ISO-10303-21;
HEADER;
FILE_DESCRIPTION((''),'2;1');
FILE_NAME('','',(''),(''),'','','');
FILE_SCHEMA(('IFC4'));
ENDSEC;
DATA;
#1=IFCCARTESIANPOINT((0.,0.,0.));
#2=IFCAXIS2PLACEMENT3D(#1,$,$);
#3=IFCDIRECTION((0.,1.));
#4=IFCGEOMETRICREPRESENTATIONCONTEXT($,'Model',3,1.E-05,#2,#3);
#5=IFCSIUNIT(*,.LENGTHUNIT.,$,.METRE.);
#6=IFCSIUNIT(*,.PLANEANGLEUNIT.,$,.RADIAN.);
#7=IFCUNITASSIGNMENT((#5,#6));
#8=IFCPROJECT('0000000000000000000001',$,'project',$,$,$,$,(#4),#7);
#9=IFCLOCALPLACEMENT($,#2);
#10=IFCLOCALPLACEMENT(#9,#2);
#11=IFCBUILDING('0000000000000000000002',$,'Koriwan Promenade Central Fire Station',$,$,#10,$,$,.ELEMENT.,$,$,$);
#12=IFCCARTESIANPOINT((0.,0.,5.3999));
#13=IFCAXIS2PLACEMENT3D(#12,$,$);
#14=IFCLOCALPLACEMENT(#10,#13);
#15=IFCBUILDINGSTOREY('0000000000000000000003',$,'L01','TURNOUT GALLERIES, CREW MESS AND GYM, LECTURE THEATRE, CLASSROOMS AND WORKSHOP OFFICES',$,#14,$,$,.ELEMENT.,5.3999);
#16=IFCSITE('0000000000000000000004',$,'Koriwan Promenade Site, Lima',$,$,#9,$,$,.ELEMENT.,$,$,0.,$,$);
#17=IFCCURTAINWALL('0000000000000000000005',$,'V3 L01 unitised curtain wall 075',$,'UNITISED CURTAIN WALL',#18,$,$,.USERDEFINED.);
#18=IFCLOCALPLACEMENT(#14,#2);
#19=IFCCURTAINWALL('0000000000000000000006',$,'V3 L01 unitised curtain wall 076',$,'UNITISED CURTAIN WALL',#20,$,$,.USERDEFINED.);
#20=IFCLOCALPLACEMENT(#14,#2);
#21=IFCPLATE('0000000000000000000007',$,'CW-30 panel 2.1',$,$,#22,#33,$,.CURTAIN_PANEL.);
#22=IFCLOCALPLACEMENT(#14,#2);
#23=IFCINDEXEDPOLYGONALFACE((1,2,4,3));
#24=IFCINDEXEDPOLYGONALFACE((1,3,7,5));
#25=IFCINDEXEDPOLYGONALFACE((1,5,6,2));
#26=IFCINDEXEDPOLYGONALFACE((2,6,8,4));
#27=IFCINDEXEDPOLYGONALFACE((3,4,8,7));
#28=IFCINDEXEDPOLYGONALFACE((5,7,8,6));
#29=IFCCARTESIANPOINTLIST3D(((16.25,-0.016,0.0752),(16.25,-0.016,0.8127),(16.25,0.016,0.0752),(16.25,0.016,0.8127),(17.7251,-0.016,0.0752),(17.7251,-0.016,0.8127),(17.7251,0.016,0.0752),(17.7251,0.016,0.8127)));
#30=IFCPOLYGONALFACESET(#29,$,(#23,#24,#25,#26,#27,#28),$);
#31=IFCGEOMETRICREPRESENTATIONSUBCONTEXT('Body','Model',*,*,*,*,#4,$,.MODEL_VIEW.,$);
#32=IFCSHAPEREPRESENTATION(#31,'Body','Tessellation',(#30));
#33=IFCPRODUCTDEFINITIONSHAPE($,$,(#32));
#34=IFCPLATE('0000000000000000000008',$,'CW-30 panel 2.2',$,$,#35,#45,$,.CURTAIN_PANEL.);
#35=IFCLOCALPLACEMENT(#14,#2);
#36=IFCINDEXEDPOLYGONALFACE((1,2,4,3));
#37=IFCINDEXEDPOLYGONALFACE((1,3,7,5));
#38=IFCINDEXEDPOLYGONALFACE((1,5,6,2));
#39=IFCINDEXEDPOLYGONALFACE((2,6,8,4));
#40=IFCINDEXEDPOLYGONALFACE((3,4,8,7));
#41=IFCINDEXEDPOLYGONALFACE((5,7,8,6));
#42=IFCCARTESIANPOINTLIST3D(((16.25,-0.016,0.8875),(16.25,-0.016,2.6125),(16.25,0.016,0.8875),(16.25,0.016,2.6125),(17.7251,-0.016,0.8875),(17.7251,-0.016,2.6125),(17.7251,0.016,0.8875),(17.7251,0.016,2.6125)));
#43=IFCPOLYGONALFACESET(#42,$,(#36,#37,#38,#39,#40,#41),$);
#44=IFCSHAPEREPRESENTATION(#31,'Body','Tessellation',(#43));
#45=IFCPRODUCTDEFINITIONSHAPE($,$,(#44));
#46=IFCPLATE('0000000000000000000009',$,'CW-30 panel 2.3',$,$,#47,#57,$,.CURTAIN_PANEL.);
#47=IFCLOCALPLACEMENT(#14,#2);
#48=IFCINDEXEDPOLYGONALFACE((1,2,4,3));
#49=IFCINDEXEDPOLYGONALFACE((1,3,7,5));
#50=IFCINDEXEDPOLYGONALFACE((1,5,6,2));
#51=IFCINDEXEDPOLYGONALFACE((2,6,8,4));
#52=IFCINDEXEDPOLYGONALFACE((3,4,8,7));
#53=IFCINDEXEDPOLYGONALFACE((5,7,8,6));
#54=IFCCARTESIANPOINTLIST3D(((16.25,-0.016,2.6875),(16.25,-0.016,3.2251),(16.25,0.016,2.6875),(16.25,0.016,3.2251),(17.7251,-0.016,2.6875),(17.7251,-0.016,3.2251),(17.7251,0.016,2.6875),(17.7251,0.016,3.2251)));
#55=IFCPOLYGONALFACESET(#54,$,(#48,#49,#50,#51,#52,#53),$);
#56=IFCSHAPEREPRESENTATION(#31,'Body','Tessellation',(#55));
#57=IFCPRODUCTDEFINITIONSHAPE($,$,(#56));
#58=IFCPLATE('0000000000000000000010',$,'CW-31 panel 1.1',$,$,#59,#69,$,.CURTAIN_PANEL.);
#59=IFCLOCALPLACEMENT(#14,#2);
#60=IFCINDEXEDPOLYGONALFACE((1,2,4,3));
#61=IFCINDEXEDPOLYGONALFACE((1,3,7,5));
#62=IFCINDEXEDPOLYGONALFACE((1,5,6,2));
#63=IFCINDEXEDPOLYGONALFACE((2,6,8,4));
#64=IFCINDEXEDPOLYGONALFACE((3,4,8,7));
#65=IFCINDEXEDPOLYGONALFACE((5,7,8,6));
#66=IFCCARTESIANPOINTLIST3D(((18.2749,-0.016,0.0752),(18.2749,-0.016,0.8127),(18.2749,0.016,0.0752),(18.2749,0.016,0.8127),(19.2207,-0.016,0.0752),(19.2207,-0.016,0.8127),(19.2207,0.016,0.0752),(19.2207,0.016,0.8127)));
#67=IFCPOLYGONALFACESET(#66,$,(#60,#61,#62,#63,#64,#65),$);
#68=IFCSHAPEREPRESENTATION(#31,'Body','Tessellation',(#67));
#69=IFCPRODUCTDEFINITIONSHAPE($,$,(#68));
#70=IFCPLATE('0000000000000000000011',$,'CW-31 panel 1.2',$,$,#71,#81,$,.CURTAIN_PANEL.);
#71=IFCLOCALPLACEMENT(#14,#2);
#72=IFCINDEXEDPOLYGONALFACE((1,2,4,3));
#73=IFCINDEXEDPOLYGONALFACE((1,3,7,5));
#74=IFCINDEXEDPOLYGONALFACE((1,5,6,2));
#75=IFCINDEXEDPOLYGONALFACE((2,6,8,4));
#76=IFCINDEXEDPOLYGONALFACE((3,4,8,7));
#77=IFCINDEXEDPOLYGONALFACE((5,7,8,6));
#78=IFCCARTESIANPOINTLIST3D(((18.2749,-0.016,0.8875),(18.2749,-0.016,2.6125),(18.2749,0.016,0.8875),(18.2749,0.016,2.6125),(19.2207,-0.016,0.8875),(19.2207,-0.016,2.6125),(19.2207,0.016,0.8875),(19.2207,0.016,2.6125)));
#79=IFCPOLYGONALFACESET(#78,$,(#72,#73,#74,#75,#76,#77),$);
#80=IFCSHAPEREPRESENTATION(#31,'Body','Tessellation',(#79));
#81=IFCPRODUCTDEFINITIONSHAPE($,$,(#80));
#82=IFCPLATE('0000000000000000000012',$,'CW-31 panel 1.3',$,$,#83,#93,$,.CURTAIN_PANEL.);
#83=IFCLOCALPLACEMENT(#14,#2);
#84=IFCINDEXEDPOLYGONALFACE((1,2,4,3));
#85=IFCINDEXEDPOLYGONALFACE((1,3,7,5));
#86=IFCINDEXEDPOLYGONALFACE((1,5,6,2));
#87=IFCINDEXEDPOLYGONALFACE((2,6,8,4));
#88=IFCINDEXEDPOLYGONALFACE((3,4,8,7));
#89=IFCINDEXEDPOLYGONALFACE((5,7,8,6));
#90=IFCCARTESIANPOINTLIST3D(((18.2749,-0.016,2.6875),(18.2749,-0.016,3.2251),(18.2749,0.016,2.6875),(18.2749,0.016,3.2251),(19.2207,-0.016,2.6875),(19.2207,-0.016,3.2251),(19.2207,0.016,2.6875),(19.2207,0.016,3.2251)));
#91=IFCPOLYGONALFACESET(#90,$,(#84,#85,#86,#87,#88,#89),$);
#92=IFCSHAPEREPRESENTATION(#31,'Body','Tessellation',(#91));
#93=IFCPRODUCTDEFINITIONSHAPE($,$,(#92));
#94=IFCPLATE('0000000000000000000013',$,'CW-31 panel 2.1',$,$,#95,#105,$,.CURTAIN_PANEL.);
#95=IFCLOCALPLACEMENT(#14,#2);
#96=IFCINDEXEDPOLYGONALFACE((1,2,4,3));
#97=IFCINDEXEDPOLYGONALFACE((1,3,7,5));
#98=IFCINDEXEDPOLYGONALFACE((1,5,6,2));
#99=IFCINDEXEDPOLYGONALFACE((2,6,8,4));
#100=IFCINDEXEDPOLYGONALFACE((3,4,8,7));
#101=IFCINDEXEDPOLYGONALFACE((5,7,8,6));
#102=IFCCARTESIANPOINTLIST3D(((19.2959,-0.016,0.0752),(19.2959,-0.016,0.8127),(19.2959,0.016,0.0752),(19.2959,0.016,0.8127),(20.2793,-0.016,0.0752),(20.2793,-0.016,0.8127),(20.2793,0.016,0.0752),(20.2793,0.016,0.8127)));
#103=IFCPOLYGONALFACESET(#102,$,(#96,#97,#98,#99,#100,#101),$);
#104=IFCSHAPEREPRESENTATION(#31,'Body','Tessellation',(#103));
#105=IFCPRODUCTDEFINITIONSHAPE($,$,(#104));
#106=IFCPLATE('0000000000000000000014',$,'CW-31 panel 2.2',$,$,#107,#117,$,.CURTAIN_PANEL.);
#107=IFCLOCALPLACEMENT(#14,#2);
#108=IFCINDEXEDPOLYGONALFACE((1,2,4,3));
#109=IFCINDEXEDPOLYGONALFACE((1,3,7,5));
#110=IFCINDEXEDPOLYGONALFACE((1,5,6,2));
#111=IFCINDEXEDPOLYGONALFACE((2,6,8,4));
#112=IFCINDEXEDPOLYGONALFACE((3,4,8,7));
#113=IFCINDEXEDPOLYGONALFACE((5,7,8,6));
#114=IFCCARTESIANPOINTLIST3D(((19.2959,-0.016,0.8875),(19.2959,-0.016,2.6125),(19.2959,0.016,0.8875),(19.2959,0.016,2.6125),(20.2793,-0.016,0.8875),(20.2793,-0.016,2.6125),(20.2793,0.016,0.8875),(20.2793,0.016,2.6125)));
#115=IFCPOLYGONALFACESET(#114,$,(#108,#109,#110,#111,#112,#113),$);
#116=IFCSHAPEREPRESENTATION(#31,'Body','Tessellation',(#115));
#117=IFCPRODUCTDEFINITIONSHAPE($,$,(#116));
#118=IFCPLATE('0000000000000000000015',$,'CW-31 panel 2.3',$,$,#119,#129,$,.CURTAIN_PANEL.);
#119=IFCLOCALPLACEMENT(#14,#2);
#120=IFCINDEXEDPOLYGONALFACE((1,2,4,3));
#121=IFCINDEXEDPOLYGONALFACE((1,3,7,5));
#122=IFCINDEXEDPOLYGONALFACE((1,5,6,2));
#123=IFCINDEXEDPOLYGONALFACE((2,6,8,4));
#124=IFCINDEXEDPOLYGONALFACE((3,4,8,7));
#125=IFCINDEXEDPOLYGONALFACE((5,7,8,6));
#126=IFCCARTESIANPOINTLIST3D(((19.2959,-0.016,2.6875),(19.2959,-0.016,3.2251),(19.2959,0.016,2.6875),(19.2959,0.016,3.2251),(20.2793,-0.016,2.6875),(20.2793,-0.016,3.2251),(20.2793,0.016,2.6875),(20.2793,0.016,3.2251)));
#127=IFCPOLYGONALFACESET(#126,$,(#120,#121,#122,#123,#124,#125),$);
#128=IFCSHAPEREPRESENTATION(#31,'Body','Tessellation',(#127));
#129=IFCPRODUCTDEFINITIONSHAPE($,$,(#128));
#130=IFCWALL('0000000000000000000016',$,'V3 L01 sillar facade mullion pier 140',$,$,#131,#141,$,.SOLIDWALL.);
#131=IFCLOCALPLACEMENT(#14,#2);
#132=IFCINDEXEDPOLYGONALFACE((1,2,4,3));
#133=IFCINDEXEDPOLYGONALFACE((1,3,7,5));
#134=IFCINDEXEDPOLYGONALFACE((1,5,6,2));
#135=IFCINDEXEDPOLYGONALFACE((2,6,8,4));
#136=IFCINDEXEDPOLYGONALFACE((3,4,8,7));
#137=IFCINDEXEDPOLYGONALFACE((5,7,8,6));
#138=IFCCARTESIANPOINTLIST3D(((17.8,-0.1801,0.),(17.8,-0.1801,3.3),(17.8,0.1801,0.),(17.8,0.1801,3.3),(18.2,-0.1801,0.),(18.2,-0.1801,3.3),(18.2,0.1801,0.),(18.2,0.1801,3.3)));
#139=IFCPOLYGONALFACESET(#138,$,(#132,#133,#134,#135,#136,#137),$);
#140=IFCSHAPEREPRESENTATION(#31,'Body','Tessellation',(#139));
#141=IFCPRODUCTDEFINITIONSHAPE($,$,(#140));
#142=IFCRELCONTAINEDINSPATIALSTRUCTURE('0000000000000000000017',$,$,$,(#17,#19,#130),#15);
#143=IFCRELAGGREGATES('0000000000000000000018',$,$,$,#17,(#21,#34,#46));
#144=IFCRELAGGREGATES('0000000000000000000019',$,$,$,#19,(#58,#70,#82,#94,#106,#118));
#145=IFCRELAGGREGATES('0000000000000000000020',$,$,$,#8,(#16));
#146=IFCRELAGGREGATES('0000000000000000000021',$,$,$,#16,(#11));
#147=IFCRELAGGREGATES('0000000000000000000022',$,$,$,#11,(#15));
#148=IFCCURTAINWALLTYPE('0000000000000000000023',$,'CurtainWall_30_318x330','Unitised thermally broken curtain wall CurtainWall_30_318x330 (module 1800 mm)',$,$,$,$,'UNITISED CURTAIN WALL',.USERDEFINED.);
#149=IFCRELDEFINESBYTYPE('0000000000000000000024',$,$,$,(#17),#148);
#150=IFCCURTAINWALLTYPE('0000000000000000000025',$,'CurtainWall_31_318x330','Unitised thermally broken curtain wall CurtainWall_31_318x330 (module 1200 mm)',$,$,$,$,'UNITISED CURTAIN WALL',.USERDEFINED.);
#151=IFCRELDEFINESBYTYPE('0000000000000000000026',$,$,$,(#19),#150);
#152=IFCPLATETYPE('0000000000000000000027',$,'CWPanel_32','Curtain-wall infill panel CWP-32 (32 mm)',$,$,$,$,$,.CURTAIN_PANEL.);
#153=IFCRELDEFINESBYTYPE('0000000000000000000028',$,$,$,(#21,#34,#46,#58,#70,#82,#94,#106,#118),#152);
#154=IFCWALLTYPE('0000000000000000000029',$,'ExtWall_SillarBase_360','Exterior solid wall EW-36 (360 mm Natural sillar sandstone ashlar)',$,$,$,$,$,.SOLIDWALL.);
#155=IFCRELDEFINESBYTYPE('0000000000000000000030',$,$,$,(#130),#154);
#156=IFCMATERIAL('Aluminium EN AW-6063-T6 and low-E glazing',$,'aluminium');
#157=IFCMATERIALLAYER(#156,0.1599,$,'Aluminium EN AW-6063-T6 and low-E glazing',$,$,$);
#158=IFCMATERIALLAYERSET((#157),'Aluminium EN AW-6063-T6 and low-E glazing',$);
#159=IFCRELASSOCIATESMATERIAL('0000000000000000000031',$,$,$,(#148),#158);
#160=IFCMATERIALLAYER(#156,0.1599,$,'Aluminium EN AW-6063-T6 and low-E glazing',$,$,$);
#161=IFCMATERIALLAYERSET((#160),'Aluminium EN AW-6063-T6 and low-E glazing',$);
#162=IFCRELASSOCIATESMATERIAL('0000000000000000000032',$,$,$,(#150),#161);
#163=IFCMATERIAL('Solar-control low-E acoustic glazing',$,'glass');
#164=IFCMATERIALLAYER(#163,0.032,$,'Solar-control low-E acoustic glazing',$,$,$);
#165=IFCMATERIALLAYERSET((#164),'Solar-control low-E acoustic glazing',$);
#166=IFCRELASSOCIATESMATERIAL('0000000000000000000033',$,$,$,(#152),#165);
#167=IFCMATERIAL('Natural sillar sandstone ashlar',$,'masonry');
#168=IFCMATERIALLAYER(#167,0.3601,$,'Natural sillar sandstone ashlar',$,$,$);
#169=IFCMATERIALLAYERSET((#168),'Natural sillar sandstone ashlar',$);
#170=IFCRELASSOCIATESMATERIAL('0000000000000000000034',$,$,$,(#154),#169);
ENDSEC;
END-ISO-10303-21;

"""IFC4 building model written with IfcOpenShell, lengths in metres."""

from ifc_helpers import new_model, si_unit, direction, frame, frame_2d, origin, origin_2d, place, context, subcontext, project, spatial, rectangle, extrude, material, layer, layer_set, type_object, element, aggregate, save


model = new_model("IFC4")

# Units and contexts
model_context = context("Model", 3, precision=1e-05, world=origin(), true_north=direction((0.0, 1.0)))
body_context = subcontext(model_context, "Body", "Model", "MODEL_VIEW")
ifc_project = project(units=[si_unit("LENGTHUNIT", "METRE"), si_unit("PLANEANGLEUNIT", "RADIAN")], contexts=[model_context])

# Site, building, storey
site_placement = place(None, origin())
site = spatial("IfcSite", under=ifc_project, at=site_placement, Name="Koriwan Promenade Site, Lima", CompositionType="ELEMENT", RefElevation=0.0)
building_placement = place(site_placement, origin())
building = spatial("IfcBuilding", under=site, at=building_placement, Name="Koriwan Promenade Central Fire Station", CompositionType="ELEMENT")
storey_placement = place(building_placement, frame((0.0, 0.0, 5.3999)))
storey = spatial("IfcBuildingStorey", under=building, at=storey_placement, Name="L01", Description="TURNOUT GALLERIES, CREW MESS AND GYM, LECTURE THEATRE, CLASSROOMS AND WORKSHOP OFFICES", CompositionType="ELEMENT", Elevation=5.3999)

# Curtain walls
ifc_material_1 = material(Name="Aluminium EN AW-6063-T6 and low-E glazing", Category="aluminium")
ifc_layer_1 = layer(ifc_material_1, 0.1599, Name="Aluminium EN AW-6063-T6 and low-E glazing")
ifc_layer_set_1 = layer_set([ifc_layer_1], Name="Aluminium EN AW-6063-T6 and low-E glazing")
curtain_wall_type_1 = type_object("IfcCurtainWallType", Name="CurtainWall_30_318x330", Description="Unitised thermally broken curtain wall CurtainWall_30_318x330 (module 1800 mm)", ElementType="UNITISED CURTAIN WALL", PredefinedType="USERDEFINED", material=ifc_layer_set_1)
curtain_wall_1_placement = place(storey_placement, origin())
curtain_wall_1 = element("IfcCurtainWall", 1, at=curtain_wall_1_placement, inside=storey, type_object=curtain_wall_type_1, Name="V3 L01 unitised curtain wall 075", ObjectType="UNITISED CURTAIN WALL", PredefinedType="USERDEFINED")
ifc_layer_2 = layer(ifc_material_1, 0.1599, Name="Aluminium EN AW-6063-T6 and low-E glazing")
ifc_layer_set_2 = layer_set([ifc_layer_2], Name="Aluminium EN AW-6063-T6 and low-E glazing")
curtain_wall_type_2 = type_object("IfcCurtainWallType", Name="CurtainWall_31_318x330", Description="Unitised thermally broken curtain wall CurtainWall_31_318x330 (module 1200 mm)", ElementType="UNITISED CURTAIN WALL", PredefinedType="USERDEFINED", material=ifc_layer_set_2)
curtain_wall_2_placement = place(storey_placement, origin())
curtain_wall_2 = element("IfcCurtainWall", 2, at=curtain_wall_2_placement, inside=storey, type_object=curtain_wall_type_2, Name="V3 L01 unitised curtain wall 076", ObjectType="UNITISED CURTAIN WALL", PredefinedType="USERDEFINED")

# Plates
ifc_material_2 = material(Name="Solar-control low-E acoustic glazing", Category="glass")
ifc_layer_3 = layer(ifc_material_2, 0.032, Name="Solar-control low-E acoustic glazing")
ifc_layer_set_3 = layer_set([ifc_layer_3], Name="Solar-control low-E acoustic glazing")
plate_type = type_object("IfcPlateType", Name="CWPanel_32", Description="Curtain-wall infill panel CWP-32 (32 mm)", PredefinedType="CURTAIN_PANEL", material=ifc_layer_set_3)
plate_1_placement = place(storey_placement, frame((16.9875, 0.0, 0.0752), z_axis=(0.0, 0.0, 1.0), x_axis=(1.0, 0.0, 0.0)))
plate_1 = element("IfcPlate", 3, at=plate_1_placement, type_object=plate_type, Name="CW-30 panel 2.1", PredefinedType="CURTAIN_PANEL", context=body_context, shape_type="SweptSolid", body=[
    extrude(rectangle(XDim=1.4751, YDim=0.032, at=origin_2d()), origin(), (0.0, 0.0, 1.0), 0.7375),
])
plate_2_placement = place(storey_placement, frame((16.9875, 0.0, 0.8875), z_axis=(0.0, 0.0, 1.0), x_axis=(1.0, 0.0, 0.0)))
plate_2 = element("IfcPlate", 4, at=plate_2_placement, type_object=plate_type, Name="CW-30 panel 2.2", PredefinedType="CURTAIN_PANEL", context=body_context, shape_type="SweptSolid", body=[
    extrude(rectangle(XDim=1.4751, YDim=0.032, at=origin_2d()), origin(), (0.0, 0.0, 1.0), 1.7251),
])
plate_3_placement = place(storey_placement, frame((16.9875, 0.0, 2.6875), z_axis=(0.0, 0.0, 1.0), x_axis=(1.0, 0.0, 0.0)))
plate_3 = element("IfcPlate", 5, at=plate_3_placement, type_object=plate_type, Name="CW-30 panel 2.3", PredefinedType="CURTAIN_PANEL", context=body_context, shape_type="SweptSolid", body=[
    extrude(rectangle(XDim=1.4751, YDim=0.032, at=origin_2d()), origin(), (0.0, 0.0, 1.0), 0.5376),
])
aggregate(curtain_wall_1, [plate_1, plate_2, plate_3])
plate_4_placement = place(storey_placement, frame((18.7478, 0.0, 0.0752), z_axis=(0.0, 0.0, 1.0), x_axis=(1.0, 0.0, 0.0)))
plate_4 = element("IfcPlate", 6, at=plate_4_placement, type_object=plate_type, Name="CW-31 panel 1.1", PredefinedType="CURTAIN_PANEL", context=body_context, shape_type="SweptSolid", body=[
    extrude(rectangle(XDim=0.9458, YDim=0.032, at=origin_2d()), origin(), (0.0, 0.0, 1.0), 0.7375),
])
plate_5_placement = place(storey_placement, frame((18.7478, 0.0, 0.8875), z_axis=(0.0, 0.0, 1.0), x_axis=(1.0, 0.0, 0.0)))
plate_5 = element("IfcPlate", 7, at=plate_5_placement, type_object=plate_type, Name="CW-31 panel 1.2", PredefinedType="CURTAIN_PANEL", context=body_context, shape_type="SweptSolid", body=[
    extrude(rectangle(XDim=0.9458, YDim=0.032, at=origin_2d()), origin(), (0.0, 0.0, 1.0), 1.7251),
])
plate_6_placement = place(storey_placement, frame((18.7478, 0.0, 2.6875), z_axis=(0.0, 0.0, 1.0), x_axis=(1.0, 0.0, 0.0)))
plate_6 = element("IfcPlate", 8, at=plate_6_placement, type_object=plate_type, Name="CW-31 panel 1.3", PredefinedType="CURTAIN_PANEL", context=body_context, shape_type="SweptSolid", body=[
    extrude(rectangle(XDim=0.9458, YDim=0.032, at=origin_2d()), origin(), (0.0, 0.0, 1.0), 0.5376),
])
plate_7_placement = place(storey_placement, frame((19.7876, 0.0, 0.0752), z_axis=(0.0, 0.0, 1.0), x_axis=(1.0, 0.0, 0.0)))
plate_7 = element("IfcPlate", 9, at=plate_7_placement, type_object=plate_type, Name="CW-31 panel 2.1", PredefinedType="CURTAIN_PANEL", context=body_context, shape_type="SweptSolid", body=[
    extrude(rectangle(XDim=0.9834, YDim=0.032, at=origin_2d()), origin(), (0.0, 0.0, 1.0), 0.7375),
])
plate_8_placement = place(storey_placement, frame((19.7876, 0.0, 0.8875), z_axis=(0.0, 0.0, 1.0), x_axis=(1.0, 0.0, 0.0)))
plate_8 = element("IfcPlate", 10, at=plate_8_placement, type_object=plate_type, Name="CW-31 panel 2.2", PredefinedType="CURTAIN_PANEL", context=body_context, shape_type="SweptSolid", body=[
    extrude(rectangle(XDim=0.9834, YDim=0.032, at=origin_2d()), origin(), (0.0, 0.0, 1.0), 1.7251),
])
plate_9_placement = place(storey_placement, frame((19.7876, 0.0, 2.6875), z_axis=(0.0, 0.0, 1.0), x_axis=(1.0, 0.0, 0.0)))
plate_9 = element("IfcPlate", 11, at=plate_9_placement, type_object=plate_type, Name="CW-31 panel 2.3", PredefinedType="CURTAIN_PANEL", context=body_context, shape_type="SweptSolid", body=[
    extrude(rectangle(XDim=0.9834, YDim=0.032, at=origin_2d()), origin(), (0.0, 0.0, 1.0), 0.5376),
])
aggregate(curtain_wall_2, [plate_4, plate_5, plate_6, plate_7, plate_8, plate_9])

# Wall
ifc_material_3 = material(Name="Natural sillar sandstone ashlar", Category="masonry")
ifc_layer_4 = layer(ifc_material_3, 0.3601, Name="Natural sillar sandstone ashlar")
ifc_layer_set_4 = layer_set([ifc_layer_4], Name="Natural sillar sandstone ashlar")
wall_type = type_object("IfcWallType", Name="ExtWall_SillarBase_360", Description="Exterior solid wall EW-36 (360 mm Natural sillar sandstone ashlar)", PredefinedType="SOLIDWALL", material=ifc_layer_set_4)
wall_placement = place(storey_placement, frame((17.8, 0.0, 0.0), z_axis=(0.0, 0.0, 1.0), x_axis=(1.0, 0.0, 0.0)))
element("IfcWall", 12, at=wall_placement, inside=storey, type_object=wall_type, Name="V3 L01 sillar facade mullion pier 140", PredefinedType="SOLIDWALL", context=body_context, shape_type="SweptSolid", body=[
    extrude(rectangle(XDim=0.3999, YDim=0.3601, at=frame_2d((0.2, 0.0))), origin(), (0.0, 0.0, 1.0), 3.3),
])

save(model, "model.ifc")
